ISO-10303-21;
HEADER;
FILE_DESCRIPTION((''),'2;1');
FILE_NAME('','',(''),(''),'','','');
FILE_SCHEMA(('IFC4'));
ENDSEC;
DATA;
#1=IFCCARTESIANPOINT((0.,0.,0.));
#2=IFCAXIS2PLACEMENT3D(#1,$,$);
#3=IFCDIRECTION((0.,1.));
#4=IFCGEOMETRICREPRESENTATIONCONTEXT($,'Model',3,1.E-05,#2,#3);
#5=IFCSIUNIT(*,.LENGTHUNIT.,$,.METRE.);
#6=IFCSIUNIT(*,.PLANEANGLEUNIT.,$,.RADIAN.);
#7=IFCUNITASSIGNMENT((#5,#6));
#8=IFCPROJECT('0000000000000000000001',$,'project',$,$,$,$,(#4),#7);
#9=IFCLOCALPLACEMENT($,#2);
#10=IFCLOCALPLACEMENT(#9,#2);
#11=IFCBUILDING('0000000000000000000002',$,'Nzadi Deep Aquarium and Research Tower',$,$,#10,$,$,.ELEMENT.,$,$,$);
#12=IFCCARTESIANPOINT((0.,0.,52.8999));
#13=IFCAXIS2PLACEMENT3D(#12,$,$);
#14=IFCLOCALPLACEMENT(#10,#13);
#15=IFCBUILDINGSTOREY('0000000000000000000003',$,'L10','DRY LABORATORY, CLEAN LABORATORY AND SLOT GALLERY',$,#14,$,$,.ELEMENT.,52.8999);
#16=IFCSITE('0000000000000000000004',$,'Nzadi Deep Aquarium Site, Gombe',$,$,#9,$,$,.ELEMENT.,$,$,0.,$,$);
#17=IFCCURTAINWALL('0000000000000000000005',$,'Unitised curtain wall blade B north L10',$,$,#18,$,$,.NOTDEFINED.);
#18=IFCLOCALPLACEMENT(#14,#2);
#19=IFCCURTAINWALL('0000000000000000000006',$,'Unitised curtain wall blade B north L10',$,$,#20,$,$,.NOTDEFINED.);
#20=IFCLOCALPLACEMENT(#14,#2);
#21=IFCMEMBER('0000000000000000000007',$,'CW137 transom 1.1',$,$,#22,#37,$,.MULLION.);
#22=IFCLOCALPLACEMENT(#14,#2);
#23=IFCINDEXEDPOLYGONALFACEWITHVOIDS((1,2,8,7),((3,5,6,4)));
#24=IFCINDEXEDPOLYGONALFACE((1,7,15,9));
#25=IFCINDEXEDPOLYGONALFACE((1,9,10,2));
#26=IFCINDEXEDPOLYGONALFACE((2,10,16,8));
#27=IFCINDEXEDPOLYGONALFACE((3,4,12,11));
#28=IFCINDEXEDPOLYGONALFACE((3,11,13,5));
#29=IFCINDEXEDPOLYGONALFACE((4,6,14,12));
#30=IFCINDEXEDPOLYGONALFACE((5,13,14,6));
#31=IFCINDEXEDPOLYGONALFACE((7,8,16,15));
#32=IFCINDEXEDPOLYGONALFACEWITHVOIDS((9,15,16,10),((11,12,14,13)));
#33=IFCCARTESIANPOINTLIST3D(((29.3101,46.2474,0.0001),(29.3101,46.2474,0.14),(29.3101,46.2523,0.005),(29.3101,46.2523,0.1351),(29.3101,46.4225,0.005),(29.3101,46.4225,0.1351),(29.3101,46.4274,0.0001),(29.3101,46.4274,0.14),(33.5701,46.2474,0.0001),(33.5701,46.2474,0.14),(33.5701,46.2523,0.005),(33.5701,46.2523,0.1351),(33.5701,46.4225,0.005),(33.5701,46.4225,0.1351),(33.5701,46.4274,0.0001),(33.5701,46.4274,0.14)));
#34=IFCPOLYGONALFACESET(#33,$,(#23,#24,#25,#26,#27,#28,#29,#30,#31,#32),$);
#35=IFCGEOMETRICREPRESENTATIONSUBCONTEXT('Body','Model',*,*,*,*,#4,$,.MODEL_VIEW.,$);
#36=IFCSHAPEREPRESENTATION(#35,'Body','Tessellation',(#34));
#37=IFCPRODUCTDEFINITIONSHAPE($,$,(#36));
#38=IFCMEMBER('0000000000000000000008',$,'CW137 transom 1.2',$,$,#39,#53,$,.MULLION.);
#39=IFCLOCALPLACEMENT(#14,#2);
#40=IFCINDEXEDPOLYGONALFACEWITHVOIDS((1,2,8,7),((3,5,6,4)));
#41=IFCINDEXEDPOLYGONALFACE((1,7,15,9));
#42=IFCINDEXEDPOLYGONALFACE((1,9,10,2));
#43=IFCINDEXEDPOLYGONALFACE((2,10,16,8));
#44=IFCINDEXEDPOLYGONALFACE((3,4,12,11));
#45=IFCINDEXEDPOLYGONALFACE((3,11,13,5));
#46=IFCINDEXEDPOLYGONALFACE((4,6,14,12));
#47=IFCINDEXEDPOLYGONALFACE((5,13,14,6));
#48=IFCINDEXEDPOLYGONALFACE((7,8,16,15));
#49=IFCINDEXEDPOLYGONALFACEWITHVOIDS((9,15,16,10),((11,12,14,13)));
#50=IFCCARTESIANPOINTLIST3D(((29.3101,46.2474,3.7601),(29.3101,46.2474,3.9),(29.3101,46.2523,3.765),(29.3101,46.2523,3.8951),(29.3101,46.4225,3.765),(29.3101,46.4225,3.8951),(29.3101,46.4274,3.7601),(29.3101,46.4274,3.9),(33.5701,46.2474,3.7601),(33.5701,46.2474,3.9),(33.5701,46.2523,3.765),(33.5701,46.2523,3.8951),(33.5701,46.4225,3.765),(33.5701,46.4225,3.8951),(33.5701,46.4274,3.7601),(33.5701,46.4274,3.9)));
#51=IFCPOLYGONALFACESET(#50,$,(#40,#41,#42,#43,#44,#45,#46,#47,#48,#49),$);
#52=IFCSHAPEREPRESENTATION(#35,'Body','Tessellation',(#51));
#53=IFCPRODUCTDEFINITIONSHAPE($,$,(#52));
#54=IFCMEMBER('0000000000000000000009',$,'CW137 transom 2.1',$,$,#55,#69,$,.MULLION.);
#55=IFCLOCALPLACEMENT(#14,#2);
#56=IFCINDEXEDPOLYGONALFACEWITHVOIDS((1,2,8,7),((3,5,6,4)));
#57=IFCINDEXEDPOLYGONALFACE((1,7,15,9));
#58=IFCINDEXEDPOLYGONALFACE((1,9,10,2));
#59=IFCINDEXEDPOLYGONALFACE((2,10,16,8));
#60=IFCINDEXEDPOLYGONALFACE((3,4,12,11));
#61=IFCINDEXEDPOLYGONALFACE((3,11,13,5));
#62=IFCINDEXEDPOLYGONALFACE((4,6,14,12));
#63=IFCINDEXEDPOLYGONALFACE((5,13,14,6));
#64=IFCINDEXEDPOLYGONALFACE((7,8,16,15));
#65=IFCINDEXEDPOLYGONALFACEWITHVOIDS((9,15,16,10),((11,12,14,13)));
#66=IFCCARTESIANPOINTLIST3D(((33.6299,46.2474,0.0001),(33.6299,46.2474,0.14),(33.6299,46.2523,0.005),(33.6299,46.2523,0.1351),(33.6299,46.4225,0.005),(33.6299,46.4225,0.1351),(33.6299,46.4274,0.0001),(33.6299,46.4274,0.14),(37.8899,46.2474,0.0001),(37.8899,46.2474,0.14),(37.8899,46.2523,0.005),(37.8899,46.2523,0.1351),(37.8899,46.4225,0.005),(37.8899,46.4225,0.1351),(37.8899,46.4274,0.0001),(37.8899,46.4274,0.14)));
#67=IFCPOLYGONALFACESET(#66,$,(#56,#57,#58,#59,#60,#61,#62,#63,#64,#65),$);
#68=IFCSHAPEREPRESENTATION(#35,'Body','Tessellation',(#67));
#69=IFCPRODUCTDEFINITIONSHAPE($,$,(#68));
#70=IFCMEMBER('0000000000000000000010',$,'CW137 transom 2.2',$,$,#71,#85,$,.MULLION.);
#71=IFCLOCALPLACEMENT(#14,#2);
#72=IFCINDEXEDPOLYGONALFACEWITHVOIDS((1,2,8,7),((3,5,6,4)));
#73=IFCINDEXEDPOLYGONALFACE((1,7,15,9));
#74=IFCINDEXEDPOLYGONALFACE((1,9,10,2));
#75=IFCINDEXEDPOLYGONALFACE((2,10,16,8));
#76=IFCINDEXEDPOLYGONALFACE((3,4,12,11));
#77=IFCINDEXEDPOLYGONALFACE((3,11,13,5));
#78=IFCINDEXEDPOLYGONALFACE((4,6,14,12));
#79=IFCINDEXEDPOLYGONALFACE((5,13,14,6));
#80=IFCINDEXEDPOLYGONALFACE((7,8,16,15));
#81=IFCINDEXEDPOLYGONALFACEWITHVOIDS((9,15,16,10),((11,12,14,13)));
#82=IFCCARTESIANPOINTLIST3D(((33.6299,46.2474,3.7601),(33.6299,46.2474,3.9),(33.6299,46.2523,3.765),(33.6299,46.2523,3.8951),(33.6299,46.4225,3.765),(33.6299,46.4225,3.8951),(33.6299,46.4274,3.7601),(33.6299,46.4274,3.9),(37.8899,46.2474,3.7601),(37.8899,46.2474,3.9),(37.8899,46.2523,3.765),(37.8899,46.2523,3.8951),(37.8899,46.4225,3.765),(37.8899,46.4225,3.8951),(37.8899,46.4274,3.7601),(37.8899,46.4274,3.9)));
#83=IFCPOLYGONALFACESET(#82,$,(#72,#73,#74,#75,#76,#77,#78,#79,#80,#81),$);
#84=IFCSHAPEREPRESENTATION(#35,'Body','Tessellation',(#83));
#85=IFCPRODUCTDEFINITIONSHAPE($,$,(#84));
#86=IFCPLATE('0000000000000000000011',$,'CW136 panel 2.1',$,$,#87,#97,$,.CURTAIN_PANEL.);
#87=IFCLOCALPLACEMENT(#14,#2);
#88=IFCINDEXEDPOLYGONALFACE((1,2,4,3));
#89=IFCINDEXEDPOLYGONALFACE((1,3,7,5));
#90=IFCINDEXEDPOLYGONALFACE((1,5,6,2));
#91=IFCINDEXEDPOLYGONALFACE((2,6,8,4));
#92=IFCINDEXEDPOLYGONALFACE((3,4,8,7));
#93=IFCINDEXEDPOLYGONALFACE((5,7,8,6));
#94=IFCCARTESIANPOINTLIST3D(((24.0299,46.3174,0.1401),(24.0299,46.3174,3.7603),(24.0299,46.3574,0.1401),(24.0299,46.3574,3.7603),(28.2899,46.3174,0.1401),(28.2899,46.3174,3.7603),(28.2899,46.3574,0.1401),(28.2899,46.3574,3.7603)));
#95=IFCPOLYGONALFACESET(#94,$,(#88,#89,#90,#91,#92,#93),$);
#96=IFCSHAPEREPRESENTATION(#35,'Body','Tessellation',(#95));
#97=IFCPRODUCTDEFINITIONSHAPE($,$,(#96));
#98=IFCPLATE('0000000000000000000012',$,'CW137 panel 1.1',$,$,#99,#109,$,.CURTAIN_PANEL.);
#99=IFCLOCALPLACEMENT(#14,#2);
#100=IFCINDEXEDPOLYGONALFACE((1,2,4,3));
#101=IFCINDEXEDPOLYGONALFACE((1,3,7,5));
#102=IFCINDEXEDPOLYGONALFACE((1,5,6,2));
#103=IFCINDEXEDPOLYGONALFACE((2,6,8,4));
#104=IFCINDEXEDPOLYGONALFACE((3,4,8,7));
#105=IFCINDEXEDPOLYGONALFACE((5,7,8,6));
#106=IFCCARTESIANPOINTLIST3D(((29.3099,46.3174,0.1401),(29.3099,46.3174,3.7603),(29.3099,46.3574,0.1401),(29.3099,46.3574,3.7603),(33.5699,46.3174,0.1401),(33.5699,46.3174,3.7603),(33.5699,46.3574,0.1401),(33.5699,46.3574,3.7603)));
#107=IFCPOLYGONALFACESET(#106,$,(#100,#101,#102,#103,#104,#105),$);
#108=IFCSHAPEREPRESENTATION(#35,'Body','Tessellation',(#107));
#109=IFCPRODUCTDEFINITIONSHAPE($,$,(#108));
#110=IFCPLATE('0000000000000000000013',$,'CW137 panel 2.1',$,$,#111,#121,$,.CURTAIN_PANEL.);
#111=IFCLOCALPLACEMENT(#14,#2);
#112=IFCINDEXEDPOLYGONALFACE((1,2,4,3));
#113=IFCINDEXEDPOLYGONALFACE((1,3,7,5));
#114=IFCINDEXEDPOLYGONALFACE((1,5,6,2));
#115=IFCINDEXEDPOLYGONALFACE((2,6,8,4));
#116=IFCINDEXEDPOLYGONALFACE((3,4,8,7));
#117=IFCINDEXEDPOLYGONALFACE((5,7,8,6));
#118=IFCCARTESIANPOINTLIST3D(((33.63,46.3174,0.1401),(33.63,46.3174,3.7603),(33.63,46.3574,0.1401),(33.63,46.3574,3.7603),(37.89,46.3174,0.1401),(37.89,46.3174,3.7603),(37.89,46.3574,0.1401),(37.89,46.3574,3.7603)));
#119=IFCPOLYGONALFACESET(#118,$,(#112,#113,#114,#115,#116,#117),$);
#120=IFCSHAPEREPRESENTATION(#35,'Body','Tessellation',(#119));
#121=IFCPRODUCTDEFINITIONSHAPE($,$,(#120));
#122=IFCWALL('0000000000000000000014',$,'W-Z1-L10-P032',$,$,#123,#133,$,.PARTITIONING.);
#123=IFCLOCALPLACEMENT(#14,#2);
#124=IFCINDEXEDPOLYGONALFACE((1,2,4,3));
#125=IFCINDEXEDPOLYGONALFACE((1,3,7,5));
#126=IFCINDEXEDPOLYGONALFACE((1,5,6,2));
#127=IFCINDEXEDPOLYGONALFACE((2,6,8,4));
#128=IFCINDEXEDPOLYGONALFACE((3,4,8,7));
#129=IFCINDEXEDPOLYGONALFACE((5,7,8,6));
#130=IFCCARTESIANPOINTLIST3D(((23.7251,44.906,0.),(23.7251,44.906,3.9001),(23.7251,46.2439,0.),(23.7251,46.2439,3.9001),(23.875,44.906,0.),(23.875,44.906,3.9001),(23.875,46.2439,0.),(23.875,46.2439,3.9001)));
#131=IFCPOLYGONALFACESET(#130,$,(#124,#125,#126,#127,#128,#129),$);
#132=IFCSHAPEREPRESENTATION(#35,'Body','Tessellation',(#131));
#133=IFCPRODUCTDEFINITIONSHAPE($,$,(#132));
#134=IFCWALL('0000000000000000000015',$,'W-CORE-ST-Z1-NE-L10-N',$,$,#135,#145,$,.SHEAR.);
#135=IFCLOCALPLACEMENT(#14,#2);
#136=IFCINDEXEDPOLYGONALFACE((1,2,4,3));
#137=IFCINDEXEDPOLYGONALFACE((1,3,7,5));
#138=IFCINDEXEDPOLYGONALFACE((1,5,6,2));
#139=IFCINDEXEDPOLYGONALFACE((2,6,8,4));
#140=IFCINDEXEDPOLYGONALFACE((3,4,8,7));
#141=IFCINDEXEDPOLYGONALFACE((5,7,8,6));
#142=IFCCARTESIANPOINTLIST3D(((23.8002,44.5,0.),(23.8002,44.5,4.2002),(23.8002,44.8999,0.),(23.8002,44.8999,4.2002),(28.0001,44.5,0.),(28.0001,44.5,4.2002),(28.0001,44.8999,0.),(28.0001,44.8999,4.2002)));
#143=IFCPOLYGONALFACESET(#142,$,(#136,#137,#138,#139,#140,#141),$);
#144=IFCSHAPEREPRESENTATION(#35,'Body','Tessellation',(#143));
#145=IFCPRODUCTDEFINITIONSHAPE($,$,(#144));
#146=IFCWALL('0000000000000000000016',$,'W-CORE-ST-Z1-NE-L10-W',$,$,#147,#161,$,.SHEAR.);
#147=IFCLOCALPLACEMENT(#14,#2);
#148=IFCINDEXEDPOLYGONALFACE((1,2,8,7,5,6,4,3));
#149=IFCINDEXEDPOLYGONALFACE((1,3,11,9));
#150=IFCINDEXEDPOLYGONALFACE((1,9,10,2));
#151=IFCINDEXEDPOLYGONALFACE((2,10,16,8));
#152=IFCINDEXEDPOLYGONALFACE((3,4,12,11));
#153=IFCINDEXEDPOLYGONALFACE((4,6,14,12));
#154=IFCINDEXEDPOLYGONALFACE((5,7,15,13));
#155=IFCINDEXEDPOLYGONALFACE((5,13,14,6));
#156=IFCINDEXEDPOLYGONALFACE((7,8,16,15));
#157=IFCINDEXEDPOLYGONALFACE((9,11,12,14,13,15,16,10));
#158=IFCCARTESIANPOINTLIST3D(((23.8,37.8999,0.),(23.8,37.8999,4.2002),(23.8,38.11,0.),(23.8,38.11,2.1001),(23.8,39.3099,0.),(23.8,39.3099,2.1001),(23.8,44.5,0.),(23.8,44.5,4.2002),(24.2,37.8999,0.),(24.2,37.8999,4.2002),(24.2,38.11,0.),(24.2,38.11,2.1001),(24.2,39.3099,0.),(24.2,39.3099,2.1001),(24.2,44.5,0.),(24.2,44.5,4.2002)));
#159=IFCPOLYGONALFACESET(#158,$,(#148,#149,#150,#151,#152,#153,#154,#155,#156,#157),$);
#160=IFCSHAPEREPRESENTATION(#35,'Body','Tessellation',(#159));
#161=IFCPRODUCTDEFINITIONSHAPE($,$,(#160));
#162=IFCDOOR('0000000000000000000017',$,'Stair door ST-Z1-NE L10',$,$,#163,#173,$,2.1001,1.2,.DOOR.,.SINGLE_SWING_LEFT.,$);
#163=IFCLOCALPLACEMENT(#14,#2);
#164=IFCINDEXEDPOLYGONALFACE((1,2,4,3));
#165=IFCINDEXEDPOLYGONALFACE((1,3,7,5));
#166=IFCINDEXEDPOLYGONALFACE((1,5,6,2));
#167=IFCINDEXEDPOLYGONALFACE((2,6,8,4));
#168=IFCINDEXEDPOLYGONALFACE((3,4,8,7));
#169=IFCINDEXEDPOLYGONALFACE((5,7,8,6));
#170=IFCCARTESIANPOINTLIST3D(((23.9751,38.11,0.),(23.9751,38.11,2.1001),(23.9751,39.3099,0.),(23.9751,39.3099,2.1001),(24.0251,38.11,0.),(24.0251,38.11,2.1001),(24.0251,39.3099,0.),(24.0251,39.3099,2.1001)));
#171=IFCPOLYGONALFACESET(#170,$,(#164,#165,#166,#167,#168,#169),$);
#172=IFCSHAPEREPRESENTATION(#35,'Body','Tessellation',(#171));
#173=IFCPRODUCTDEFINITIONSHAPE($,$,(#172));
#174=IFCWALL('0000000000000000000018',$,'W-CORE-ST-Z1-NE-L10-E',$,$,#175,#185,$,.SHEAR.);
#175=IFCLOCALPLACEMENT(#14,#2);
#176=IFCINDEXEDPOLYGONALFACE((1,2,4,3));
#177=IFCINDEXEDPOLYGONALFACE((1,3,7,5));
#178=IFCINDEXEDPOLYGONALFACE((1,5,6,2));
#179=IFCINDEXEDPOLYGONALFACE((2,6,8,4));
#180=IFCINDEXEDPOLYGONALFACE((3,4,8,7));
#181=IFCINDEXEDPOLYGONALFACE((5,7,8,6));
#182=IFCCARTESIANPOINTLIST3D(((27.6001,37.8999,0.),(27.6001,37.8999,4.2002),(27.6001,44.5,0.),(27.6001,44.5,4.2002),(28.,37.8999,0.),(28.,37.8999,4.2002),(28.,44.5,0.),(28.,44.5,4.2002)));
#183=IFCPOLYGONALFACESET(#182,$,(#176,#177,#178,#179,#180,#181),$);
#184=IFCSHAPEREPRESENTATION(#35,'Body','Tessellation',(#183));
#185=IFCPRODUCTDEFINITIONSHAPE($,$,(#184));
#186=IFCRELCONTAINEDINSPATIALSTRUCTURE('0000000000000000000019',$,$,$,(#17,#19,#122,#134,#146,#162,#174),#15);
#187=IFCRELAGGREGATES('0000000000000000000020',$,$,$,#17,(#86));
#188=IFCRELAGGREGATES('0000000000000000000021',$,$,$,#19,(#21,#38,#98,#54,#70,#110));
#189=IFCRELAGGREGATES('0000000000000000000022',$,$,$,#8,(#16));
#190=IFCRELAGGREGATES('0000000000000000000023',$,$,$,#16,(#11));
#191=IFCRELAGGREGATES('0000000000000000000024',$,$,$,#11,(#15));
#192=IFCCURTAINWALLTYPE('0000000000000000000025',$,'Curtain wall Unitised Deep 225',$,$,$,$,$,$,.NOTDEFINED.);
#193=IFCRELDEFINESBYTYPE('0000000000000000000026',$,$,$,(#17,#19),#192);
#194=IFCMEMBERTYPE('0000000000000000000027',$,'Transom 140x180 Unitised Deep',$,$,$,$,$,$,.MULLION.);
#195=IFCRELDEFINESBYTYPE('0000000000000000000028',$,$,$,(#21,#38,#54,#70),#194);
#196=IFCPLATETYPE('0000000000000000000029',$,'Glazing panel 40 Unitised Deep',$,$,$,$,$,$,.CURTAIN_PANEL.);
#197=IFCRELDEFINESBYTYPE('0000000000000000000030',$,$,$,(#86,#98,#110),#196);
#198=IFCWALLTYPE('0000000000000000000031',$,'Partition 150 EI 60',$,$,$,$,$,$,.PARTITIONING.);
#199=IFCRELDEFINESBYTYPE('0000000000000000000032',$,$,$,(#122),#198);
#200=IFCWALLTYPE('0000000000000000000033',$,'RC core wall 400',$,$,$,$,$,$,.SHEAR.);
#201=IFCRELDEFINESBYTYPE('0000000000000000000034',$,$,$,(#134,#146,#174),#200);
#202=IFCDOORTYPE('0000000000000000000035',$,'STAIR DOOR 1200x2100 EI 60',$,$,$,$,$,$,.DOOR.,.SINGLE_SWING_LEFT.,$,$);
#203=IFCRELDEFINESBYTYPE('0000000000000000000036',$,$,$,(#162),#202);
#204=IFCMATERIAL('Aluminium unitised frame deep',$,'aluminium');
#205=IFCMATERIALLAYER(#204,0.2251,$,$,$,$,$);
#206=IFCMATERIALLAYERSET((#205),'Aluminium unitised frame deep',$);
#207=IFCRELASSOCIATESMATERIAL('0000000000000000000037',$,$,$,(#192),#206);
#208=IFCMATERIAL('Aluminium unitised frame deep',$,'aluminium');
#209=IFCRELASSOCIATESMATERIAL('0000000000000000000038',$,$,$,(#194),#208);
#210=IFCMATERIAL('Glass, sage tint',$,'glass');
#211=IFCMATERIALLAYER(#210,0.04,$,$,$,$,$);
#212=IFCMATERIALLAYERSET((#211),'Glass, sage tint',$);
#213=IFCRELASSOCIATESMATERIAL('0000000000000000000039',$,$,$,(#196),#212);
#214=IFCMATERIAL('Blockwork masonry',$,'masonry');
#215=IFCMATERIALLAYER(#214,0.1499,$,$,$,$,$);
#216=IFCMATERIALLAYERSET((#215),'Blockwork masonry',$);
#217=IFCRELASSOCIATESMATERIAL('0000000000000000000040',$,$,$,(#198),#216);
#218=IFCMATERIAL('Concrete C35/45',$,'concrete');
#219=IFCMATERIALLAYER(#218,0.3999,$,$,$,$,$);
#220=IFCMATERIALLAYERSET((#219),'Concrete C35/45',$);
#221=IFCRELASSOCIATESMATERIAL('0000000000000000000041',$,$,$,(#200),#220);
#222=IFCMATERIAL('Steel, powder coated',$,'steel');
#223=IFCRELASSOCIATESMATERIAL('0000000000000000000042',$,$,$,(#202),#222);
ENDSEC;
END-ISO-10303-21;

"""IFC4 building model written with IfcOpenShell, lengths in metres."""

from ifc_helpers import new_model, si_unit, direction, frame, frame_2d, origin, origin_2d, place, context, subcontext, project, spatial, rectangle, hollow_rectangle, extrude, material, layer, layer_set, material_profile, profile_set, type_object, element, fill, aggregate, save


model = new_model("IFC4")

# Units and contexts
model_context = context("Model", 3, precision=1e-05, world=origin(), true_north=direction((0.0, 1.0)))
body_context = subcontext(model_context, "Body", "Model", "MODEL_VIEW")
ifc_project = project(units=[si_unit("LENGTHUNIT", "METRE"), si_unit("PLANEANGLEUNIT", "RADIAN")], contexts=[model_context])

# Site, building, storey
site_placement = place(None, origin())
site = spatial("IfcSite", under=ifc_project, at=site_placement, Name="Nzadi Deep Aquarium Site, Gombe", CompositionType="ELEMENT", RefElevation=0.0)
building_placement = place(site_placement, origin())
building = spatial("IfcBuilding", under=site, at=building_placement, Name="Nzadi Deep Aquarium and Research Tower", CompositionType="ELEMENT")
storey_placement = place(building_placement, frame((0.0, 0.0, 52.8999)))
storey = spatial("IfcBuildingStorey", under=building, at=storey_placement, Name="L10", Description="DRY LABORATORY, CLEAN LABORATORY AND SLOT GALLERY", CompositionType="ELEMENT", Elevation=52.8999)

# Curtain walls
ifc_material_1 = material(Name="Aluminium unitised frame deep", Category="aluminium")
ifc_layer_1 = layer(ifc_material_1, 0.2251)
ifc_layer_set_1 = layer_set([ifc_layer_1], Name="Aluminium unitised frame deep")
curtain_wall_type = type_object("IfcCurtainWallType", Name="Curtain wall Unitised Deep 225", PredefinedType="NOTDEFINED", material=ifc_layer_set_1)
curtain_wall_1_placement = place(storey_placement, origin())
curtain_wall_1 = element("IfcCurtainWall", 1, at=curtain_wall_1_placement, inside=storey, type_object=curtain_wall_type, Name="Unitised curtain wall blade B north L10", PredefinedType="NOTDEFINED")
curtain_wall_2_placement = place(storey_placement, origin())
curtain_wall_2 = element("IfcCurtainWall", 2, at=curtain_wall_2_placement, inside=storey, type_object=curtain_wall_type, Name="Unitised curtain wall blade B north L10", PredefinedType="NOTDEFINED")

# Members
ifc_material_2 = material(Name="Aluminium unitised frame deep", Category="aluminium")
ifc_material_profile_1 = material_profile(ifc_material_2, hollow_rectangle(XDim=0.1799, YDim=0.1399, WallThickness=0.0049, at=origin_2d()))
ifc_profile_set_1 = profile_set([ifc_material_profile_1], Name="Aluminium unitised frame deep")
member_type_1 = type_object("IfcMemberType", Name="Transom 140x180 Unitised Deep", PredefinedType="MULLION", material=ifc_profile_set_1)
member_1_placement = place(storey_placement, frame((29.3101, 46.3374, 0.0701), z_axis=(1.0, 0.0, 0.0), x_axis=(0.0, 1.0, 0.0)))
member_1 = element("IfcMember", 3, at=member_1_placement, type_object=member_type_1, Name="CW137 transom 1.1", PredefinedType="MULLION", context=body_context, shape_type="SweptSolid", body=[
    extrude(hollow_rectangle(XDim=0.1799, YDim=0.1399, WallThickness=0.0049, at=origin_2d()), origin(), (0.0, 0.0, 1.0), 4.26),
])
member_2_placement = place(storey_placement, frame((29.3101, 46.3374, 3.8301), z_axis=(1.0, 0.0, 0.0), x_axis=(0.0, 1.0, 0.0)))
member_2 = element("IfcMember", 4, at=member_2_placement, type_object=member_type_1, Name="CW137 transom 1.2", PredefinedType="MULLION", context=body_context, shape_type="SweptSolid", body=[
    extrude(hollow_rectangle(XDim=0.1799, YDim=0.1399, WallThickness=0.0049, at=origin_2d()), origin(), (0.0, 0.0, 1.0), 4.26),
])
member_3_placement = place(storey_placement, frame((33.6299, 46.3374, 0.0701), z_axis=(1.0, 0.0, 0.0), x_axis=(0.0, 1.0, 0.0)))
member_3 = element("IfcMember", 5, at=member_3_placement, type_object=member_type_1, Name="CW137 transom 2.1", PredefinedType="MULLION", context=body_context, shape_type="SweptSolid", body=[
    extrude(hollow_rectangle(XDim=0.1799, YDim=0.1399, WallThickness=0.0049, at=origin_2d()), origin(), (0.0, 0.0, 1.0), 4.26),
])
member_4_placement = place(storey_placement, frame((33.6299, 46.3374, 3.8301), z_axis=(1.0, 0.0, 0.0), x_axis=(0.0, 1.0, 0.0)))
member_4 = element("IfcMember", 6, at=member_4_placement, type_object=member_type_1, Name="CW137 transom 2.2", PredefinedType="MULLION", context=body_context, shape_type="SweptSolid", body=[
    extrude(hollow_rectangle(XDim=0.1799, YDim=0.1399, WallThickness=0.0049, at=origin_2d()), origin(), (0.0, 0.0, 1.0), 4.26),
])

# Plates
ifc_material_3 = material(Name="Glass, sage tint", Category="glass")
ifc_layer_2 = layer(ifc_material_3, 0.04)
ifc_layer_set_2 = layer_set([ifc_layer_2], Name="Glass, sage tint")
plate_type = type_object("IfcPlateType", Name="Glazing panel 40 Unitised Deep", PredefinedType="CURTAIN_PANEL", material=ifc_layer_set_2)
plate_1_placement = place(storey_placement, frame((26.1599, 46.3374, 0.1401), z_axis=(0.0, 0.0, 1.0), x_axis=(1.0, 0.0, 0.0)))
plate_1 = element("IfcPlate", 7, at=plate_1_placement, type_object=plate_type, Name="CW136 panel 2.1", PredefinedType="CURTAIN_PANEL", context=body_context, shape_type="SweptSolid", body=[
    extrude(rectangle(XDim=4.26, YDim=0.04, at=origin_2d()), origin(), (0.0, 0.0, 1.0), 3.6201),
])
aggregate(curtain_wall_1, [plate_1])
plate_2_placement = place(storey_placement, frame((31.4399, 46.3374, 0.1401), z_axis=(0.0, 0.0, 1.0), x_axis=(1.0, 0.0, 0.0)))
plate_2 = element("IfcPlate", 8, at=plate_2_placement, type_object=plate_type, Name="CW137 panel 1.1", PredefinedType="CURTAIN_PANEL", context=body_context, shape_type="SweptSolid", body=[
    extrude(rectangle(XDim=4.26, YDim=0.04, at=origin_2d()), origin(), (0.0, 0.0, 1.0), 3.6201),
])
plate_3_placement = place(storey_placement, frame((35.76, 46.3374, 0.1401), z_axis=(0.0, 0.0, 1.0), x_axis=(1.0, 0.0, 0.0)))
plate_3 = element("IfcPlate", 9, at=plate_3_placement, type_object=plate_type, Name="CW137 panel 2.1", PredefinedType="CURTAIN_PANEL", context=body_context, shape_type="SweptSolid", body=[
    extrude(rectangle(XDim=4.26, YDim=0.04, at=origin_2d()), origin(), (0.0, 0.0, 1.0), 3.6201),
])
aggregate(curtain_wall_2, [member_1, member_2, plate_2, member_3, member_4, plate_3])

# Walls
ifc_material_4 = material(Name="Blockwork masonry", Category="masonry")
ifc_layer_3 = layer(ifc_material_4, 0.1499)
ifc_layer_set_3 = layer_set([ifc_layer_3], Name="Blockwork masonry")
wall_type_1 = type_object("IfcWallType", Name="Partition 150 EI 60", PredefinedType="PARTITIONING", material=ifc_layer_set_3)
wall_1_placement = place(storey_placement, frame((23.8, 44.906, 0.0), z_axis=(0.0, 0.0, 1.0), x_axis=(0.0, 1.0, 0.0)))
element("IfcWall", 10, at=wall_1_placement, inside=storey, type_object=wall_type_1, Name="W-Z1-L10-P032", PredefinedType="PARTITIONING", context=body_context, shape_type="SweptSolid", body=[
    extrude(rectangle(XDim=1.3379, YDim=0.1499, at=frame_2d((0.6689, 0.0))), origin(), (0.0, 0.0, 1.0), 3.9001),
])
ifc_material_5 = material(Name="Concrete C35/45", Category="concrete")
ifc_layer_4 = layer(ifc_material_5, 0.3999)
ifc_layer_set_4 = layer_set([ifc_layer_4], Name="Concrete C35/45")
wall_type_2 = type_object("IfcWallType", Name="RC core wall 400", PredefinedType="SHEAR", material=ifc_layer_set_4)
wall_2_placement = place(storey_placement, frame((23.8, 44.7, 0.0), z_axis=(0.0, 0.0, 1.0), x_axis=(1.0, 0.0, 0.0)))
element("IfcWall", 11, at=wall_2_placement, inside=storey, type_object=wall_type_2, Name="W-CORE-ST-Z1-NE-L10-N", PredefinedType="SHEAR", context=body_context, shape_type="SweptSolid", body=[
    extrude(rectangle(XDim=4.2, YDim=0.3999, at=frame_2d((2.1001, 0.0))), origin(), (0.0, 0.0, 1.0), 4.2002),
])

# Wall, opening, door
wall_3_placement = place(storey_placement, frame((24.0, 37.8999, 0.0), z_axis=(0.0, 0.0, 1.0), x_axis=(0.0, 1.0, 0.0)))
wall_3 = element("IfcWall", 12, at=wall_3_placement, inside=storey, type_object=wall_type_2, Name="W-CORE-ST-Z1-NE-L10-W", PredefinedType="SHEAR", context=body_context, shape_type="SweptSolid", body=[
    extrude(rectangle(XDim=6.6001, YDim=0.3999, at=frame_2d((3.3, 0.0))), origin(), (0.0, 0.0, 1.0), 4.2002),
])
opening_placement = place(wall_3_placement, frame((0.21, 0.0, 0.0)))
opening = element("IfcOpeningElement", 13, at=opening_placement, cuts=wall_3, PredefinedType="OPENING", context=body_context, shape_type="SweptSolid", body=[
    extrude(rectangle(XDim=1.2, YDim=2.1001, at=frame_2d((0.6001, 1.05))), frame((0.0, 0.21, 0.0), z_axis=(0.0, -1.0, 0.0), x_axis=(1.0, 0.0, 0.0)), (0.0, 0.0, 1.0), 0.4199),
])
ifc_material_6 = material(Name="Steel, powder coated", Category="steel")
door_type = type_object("IfcDoorType", Name="STAIR DOOR 1200x2100 EI 60", OperationType="SINGLE_SWING_LEFT", PredefinedType="DOOR", material=ifc_material_6)
door_placement = place(opening_placement, origin())
door = element("IfcDoor", 14, at=door_placement, inside=storey, type_object=door_type, Name="Stair door ST-Z1-NE L10", OperationType="SINGLE_SWING_LEFT", OverallHeight=2.1001, OverallWidth=1.2, PredefinedType="DOOR", context=body_context, shape_type="SweptSolid", body=[
    extrude(rectangle(XDim=1.2, YDim=2.1001, at=frame_2d((0.6001, 1.05))), frame((0.0, 0.0249, 0.0), z_axis=(0.0, -1.0, 0.0), x_axis=(1.0, 0.0, 0.0)), (0.0, 0.0, 1.0), 0.05),
])
fill(opening, door)

# Wall
wall_4_placement = place(storey_placement, frame((27.8, 37.8999, 0.0), z_axis=(0.0, 0.0, 1.0), x_axis=(0.0, 1.0, 0.0)))
element("IfcWall", 15, at=wall_4_placement, inside=storey, type_object=wall_type_2, Name="W-CORE-ST-Z1-NE-L10-E", PredefinedType="SHEAR", context=body_context, shape_type="SweptSolid", body=[
    extrude(rectangle(XDim=6.6001, YDim=0.3999, at=frame_2d((3.3, 0.0))), origin(), (0.0, 0.0, 1.0), 4.2002),
])

save(model, "model.ifc")
